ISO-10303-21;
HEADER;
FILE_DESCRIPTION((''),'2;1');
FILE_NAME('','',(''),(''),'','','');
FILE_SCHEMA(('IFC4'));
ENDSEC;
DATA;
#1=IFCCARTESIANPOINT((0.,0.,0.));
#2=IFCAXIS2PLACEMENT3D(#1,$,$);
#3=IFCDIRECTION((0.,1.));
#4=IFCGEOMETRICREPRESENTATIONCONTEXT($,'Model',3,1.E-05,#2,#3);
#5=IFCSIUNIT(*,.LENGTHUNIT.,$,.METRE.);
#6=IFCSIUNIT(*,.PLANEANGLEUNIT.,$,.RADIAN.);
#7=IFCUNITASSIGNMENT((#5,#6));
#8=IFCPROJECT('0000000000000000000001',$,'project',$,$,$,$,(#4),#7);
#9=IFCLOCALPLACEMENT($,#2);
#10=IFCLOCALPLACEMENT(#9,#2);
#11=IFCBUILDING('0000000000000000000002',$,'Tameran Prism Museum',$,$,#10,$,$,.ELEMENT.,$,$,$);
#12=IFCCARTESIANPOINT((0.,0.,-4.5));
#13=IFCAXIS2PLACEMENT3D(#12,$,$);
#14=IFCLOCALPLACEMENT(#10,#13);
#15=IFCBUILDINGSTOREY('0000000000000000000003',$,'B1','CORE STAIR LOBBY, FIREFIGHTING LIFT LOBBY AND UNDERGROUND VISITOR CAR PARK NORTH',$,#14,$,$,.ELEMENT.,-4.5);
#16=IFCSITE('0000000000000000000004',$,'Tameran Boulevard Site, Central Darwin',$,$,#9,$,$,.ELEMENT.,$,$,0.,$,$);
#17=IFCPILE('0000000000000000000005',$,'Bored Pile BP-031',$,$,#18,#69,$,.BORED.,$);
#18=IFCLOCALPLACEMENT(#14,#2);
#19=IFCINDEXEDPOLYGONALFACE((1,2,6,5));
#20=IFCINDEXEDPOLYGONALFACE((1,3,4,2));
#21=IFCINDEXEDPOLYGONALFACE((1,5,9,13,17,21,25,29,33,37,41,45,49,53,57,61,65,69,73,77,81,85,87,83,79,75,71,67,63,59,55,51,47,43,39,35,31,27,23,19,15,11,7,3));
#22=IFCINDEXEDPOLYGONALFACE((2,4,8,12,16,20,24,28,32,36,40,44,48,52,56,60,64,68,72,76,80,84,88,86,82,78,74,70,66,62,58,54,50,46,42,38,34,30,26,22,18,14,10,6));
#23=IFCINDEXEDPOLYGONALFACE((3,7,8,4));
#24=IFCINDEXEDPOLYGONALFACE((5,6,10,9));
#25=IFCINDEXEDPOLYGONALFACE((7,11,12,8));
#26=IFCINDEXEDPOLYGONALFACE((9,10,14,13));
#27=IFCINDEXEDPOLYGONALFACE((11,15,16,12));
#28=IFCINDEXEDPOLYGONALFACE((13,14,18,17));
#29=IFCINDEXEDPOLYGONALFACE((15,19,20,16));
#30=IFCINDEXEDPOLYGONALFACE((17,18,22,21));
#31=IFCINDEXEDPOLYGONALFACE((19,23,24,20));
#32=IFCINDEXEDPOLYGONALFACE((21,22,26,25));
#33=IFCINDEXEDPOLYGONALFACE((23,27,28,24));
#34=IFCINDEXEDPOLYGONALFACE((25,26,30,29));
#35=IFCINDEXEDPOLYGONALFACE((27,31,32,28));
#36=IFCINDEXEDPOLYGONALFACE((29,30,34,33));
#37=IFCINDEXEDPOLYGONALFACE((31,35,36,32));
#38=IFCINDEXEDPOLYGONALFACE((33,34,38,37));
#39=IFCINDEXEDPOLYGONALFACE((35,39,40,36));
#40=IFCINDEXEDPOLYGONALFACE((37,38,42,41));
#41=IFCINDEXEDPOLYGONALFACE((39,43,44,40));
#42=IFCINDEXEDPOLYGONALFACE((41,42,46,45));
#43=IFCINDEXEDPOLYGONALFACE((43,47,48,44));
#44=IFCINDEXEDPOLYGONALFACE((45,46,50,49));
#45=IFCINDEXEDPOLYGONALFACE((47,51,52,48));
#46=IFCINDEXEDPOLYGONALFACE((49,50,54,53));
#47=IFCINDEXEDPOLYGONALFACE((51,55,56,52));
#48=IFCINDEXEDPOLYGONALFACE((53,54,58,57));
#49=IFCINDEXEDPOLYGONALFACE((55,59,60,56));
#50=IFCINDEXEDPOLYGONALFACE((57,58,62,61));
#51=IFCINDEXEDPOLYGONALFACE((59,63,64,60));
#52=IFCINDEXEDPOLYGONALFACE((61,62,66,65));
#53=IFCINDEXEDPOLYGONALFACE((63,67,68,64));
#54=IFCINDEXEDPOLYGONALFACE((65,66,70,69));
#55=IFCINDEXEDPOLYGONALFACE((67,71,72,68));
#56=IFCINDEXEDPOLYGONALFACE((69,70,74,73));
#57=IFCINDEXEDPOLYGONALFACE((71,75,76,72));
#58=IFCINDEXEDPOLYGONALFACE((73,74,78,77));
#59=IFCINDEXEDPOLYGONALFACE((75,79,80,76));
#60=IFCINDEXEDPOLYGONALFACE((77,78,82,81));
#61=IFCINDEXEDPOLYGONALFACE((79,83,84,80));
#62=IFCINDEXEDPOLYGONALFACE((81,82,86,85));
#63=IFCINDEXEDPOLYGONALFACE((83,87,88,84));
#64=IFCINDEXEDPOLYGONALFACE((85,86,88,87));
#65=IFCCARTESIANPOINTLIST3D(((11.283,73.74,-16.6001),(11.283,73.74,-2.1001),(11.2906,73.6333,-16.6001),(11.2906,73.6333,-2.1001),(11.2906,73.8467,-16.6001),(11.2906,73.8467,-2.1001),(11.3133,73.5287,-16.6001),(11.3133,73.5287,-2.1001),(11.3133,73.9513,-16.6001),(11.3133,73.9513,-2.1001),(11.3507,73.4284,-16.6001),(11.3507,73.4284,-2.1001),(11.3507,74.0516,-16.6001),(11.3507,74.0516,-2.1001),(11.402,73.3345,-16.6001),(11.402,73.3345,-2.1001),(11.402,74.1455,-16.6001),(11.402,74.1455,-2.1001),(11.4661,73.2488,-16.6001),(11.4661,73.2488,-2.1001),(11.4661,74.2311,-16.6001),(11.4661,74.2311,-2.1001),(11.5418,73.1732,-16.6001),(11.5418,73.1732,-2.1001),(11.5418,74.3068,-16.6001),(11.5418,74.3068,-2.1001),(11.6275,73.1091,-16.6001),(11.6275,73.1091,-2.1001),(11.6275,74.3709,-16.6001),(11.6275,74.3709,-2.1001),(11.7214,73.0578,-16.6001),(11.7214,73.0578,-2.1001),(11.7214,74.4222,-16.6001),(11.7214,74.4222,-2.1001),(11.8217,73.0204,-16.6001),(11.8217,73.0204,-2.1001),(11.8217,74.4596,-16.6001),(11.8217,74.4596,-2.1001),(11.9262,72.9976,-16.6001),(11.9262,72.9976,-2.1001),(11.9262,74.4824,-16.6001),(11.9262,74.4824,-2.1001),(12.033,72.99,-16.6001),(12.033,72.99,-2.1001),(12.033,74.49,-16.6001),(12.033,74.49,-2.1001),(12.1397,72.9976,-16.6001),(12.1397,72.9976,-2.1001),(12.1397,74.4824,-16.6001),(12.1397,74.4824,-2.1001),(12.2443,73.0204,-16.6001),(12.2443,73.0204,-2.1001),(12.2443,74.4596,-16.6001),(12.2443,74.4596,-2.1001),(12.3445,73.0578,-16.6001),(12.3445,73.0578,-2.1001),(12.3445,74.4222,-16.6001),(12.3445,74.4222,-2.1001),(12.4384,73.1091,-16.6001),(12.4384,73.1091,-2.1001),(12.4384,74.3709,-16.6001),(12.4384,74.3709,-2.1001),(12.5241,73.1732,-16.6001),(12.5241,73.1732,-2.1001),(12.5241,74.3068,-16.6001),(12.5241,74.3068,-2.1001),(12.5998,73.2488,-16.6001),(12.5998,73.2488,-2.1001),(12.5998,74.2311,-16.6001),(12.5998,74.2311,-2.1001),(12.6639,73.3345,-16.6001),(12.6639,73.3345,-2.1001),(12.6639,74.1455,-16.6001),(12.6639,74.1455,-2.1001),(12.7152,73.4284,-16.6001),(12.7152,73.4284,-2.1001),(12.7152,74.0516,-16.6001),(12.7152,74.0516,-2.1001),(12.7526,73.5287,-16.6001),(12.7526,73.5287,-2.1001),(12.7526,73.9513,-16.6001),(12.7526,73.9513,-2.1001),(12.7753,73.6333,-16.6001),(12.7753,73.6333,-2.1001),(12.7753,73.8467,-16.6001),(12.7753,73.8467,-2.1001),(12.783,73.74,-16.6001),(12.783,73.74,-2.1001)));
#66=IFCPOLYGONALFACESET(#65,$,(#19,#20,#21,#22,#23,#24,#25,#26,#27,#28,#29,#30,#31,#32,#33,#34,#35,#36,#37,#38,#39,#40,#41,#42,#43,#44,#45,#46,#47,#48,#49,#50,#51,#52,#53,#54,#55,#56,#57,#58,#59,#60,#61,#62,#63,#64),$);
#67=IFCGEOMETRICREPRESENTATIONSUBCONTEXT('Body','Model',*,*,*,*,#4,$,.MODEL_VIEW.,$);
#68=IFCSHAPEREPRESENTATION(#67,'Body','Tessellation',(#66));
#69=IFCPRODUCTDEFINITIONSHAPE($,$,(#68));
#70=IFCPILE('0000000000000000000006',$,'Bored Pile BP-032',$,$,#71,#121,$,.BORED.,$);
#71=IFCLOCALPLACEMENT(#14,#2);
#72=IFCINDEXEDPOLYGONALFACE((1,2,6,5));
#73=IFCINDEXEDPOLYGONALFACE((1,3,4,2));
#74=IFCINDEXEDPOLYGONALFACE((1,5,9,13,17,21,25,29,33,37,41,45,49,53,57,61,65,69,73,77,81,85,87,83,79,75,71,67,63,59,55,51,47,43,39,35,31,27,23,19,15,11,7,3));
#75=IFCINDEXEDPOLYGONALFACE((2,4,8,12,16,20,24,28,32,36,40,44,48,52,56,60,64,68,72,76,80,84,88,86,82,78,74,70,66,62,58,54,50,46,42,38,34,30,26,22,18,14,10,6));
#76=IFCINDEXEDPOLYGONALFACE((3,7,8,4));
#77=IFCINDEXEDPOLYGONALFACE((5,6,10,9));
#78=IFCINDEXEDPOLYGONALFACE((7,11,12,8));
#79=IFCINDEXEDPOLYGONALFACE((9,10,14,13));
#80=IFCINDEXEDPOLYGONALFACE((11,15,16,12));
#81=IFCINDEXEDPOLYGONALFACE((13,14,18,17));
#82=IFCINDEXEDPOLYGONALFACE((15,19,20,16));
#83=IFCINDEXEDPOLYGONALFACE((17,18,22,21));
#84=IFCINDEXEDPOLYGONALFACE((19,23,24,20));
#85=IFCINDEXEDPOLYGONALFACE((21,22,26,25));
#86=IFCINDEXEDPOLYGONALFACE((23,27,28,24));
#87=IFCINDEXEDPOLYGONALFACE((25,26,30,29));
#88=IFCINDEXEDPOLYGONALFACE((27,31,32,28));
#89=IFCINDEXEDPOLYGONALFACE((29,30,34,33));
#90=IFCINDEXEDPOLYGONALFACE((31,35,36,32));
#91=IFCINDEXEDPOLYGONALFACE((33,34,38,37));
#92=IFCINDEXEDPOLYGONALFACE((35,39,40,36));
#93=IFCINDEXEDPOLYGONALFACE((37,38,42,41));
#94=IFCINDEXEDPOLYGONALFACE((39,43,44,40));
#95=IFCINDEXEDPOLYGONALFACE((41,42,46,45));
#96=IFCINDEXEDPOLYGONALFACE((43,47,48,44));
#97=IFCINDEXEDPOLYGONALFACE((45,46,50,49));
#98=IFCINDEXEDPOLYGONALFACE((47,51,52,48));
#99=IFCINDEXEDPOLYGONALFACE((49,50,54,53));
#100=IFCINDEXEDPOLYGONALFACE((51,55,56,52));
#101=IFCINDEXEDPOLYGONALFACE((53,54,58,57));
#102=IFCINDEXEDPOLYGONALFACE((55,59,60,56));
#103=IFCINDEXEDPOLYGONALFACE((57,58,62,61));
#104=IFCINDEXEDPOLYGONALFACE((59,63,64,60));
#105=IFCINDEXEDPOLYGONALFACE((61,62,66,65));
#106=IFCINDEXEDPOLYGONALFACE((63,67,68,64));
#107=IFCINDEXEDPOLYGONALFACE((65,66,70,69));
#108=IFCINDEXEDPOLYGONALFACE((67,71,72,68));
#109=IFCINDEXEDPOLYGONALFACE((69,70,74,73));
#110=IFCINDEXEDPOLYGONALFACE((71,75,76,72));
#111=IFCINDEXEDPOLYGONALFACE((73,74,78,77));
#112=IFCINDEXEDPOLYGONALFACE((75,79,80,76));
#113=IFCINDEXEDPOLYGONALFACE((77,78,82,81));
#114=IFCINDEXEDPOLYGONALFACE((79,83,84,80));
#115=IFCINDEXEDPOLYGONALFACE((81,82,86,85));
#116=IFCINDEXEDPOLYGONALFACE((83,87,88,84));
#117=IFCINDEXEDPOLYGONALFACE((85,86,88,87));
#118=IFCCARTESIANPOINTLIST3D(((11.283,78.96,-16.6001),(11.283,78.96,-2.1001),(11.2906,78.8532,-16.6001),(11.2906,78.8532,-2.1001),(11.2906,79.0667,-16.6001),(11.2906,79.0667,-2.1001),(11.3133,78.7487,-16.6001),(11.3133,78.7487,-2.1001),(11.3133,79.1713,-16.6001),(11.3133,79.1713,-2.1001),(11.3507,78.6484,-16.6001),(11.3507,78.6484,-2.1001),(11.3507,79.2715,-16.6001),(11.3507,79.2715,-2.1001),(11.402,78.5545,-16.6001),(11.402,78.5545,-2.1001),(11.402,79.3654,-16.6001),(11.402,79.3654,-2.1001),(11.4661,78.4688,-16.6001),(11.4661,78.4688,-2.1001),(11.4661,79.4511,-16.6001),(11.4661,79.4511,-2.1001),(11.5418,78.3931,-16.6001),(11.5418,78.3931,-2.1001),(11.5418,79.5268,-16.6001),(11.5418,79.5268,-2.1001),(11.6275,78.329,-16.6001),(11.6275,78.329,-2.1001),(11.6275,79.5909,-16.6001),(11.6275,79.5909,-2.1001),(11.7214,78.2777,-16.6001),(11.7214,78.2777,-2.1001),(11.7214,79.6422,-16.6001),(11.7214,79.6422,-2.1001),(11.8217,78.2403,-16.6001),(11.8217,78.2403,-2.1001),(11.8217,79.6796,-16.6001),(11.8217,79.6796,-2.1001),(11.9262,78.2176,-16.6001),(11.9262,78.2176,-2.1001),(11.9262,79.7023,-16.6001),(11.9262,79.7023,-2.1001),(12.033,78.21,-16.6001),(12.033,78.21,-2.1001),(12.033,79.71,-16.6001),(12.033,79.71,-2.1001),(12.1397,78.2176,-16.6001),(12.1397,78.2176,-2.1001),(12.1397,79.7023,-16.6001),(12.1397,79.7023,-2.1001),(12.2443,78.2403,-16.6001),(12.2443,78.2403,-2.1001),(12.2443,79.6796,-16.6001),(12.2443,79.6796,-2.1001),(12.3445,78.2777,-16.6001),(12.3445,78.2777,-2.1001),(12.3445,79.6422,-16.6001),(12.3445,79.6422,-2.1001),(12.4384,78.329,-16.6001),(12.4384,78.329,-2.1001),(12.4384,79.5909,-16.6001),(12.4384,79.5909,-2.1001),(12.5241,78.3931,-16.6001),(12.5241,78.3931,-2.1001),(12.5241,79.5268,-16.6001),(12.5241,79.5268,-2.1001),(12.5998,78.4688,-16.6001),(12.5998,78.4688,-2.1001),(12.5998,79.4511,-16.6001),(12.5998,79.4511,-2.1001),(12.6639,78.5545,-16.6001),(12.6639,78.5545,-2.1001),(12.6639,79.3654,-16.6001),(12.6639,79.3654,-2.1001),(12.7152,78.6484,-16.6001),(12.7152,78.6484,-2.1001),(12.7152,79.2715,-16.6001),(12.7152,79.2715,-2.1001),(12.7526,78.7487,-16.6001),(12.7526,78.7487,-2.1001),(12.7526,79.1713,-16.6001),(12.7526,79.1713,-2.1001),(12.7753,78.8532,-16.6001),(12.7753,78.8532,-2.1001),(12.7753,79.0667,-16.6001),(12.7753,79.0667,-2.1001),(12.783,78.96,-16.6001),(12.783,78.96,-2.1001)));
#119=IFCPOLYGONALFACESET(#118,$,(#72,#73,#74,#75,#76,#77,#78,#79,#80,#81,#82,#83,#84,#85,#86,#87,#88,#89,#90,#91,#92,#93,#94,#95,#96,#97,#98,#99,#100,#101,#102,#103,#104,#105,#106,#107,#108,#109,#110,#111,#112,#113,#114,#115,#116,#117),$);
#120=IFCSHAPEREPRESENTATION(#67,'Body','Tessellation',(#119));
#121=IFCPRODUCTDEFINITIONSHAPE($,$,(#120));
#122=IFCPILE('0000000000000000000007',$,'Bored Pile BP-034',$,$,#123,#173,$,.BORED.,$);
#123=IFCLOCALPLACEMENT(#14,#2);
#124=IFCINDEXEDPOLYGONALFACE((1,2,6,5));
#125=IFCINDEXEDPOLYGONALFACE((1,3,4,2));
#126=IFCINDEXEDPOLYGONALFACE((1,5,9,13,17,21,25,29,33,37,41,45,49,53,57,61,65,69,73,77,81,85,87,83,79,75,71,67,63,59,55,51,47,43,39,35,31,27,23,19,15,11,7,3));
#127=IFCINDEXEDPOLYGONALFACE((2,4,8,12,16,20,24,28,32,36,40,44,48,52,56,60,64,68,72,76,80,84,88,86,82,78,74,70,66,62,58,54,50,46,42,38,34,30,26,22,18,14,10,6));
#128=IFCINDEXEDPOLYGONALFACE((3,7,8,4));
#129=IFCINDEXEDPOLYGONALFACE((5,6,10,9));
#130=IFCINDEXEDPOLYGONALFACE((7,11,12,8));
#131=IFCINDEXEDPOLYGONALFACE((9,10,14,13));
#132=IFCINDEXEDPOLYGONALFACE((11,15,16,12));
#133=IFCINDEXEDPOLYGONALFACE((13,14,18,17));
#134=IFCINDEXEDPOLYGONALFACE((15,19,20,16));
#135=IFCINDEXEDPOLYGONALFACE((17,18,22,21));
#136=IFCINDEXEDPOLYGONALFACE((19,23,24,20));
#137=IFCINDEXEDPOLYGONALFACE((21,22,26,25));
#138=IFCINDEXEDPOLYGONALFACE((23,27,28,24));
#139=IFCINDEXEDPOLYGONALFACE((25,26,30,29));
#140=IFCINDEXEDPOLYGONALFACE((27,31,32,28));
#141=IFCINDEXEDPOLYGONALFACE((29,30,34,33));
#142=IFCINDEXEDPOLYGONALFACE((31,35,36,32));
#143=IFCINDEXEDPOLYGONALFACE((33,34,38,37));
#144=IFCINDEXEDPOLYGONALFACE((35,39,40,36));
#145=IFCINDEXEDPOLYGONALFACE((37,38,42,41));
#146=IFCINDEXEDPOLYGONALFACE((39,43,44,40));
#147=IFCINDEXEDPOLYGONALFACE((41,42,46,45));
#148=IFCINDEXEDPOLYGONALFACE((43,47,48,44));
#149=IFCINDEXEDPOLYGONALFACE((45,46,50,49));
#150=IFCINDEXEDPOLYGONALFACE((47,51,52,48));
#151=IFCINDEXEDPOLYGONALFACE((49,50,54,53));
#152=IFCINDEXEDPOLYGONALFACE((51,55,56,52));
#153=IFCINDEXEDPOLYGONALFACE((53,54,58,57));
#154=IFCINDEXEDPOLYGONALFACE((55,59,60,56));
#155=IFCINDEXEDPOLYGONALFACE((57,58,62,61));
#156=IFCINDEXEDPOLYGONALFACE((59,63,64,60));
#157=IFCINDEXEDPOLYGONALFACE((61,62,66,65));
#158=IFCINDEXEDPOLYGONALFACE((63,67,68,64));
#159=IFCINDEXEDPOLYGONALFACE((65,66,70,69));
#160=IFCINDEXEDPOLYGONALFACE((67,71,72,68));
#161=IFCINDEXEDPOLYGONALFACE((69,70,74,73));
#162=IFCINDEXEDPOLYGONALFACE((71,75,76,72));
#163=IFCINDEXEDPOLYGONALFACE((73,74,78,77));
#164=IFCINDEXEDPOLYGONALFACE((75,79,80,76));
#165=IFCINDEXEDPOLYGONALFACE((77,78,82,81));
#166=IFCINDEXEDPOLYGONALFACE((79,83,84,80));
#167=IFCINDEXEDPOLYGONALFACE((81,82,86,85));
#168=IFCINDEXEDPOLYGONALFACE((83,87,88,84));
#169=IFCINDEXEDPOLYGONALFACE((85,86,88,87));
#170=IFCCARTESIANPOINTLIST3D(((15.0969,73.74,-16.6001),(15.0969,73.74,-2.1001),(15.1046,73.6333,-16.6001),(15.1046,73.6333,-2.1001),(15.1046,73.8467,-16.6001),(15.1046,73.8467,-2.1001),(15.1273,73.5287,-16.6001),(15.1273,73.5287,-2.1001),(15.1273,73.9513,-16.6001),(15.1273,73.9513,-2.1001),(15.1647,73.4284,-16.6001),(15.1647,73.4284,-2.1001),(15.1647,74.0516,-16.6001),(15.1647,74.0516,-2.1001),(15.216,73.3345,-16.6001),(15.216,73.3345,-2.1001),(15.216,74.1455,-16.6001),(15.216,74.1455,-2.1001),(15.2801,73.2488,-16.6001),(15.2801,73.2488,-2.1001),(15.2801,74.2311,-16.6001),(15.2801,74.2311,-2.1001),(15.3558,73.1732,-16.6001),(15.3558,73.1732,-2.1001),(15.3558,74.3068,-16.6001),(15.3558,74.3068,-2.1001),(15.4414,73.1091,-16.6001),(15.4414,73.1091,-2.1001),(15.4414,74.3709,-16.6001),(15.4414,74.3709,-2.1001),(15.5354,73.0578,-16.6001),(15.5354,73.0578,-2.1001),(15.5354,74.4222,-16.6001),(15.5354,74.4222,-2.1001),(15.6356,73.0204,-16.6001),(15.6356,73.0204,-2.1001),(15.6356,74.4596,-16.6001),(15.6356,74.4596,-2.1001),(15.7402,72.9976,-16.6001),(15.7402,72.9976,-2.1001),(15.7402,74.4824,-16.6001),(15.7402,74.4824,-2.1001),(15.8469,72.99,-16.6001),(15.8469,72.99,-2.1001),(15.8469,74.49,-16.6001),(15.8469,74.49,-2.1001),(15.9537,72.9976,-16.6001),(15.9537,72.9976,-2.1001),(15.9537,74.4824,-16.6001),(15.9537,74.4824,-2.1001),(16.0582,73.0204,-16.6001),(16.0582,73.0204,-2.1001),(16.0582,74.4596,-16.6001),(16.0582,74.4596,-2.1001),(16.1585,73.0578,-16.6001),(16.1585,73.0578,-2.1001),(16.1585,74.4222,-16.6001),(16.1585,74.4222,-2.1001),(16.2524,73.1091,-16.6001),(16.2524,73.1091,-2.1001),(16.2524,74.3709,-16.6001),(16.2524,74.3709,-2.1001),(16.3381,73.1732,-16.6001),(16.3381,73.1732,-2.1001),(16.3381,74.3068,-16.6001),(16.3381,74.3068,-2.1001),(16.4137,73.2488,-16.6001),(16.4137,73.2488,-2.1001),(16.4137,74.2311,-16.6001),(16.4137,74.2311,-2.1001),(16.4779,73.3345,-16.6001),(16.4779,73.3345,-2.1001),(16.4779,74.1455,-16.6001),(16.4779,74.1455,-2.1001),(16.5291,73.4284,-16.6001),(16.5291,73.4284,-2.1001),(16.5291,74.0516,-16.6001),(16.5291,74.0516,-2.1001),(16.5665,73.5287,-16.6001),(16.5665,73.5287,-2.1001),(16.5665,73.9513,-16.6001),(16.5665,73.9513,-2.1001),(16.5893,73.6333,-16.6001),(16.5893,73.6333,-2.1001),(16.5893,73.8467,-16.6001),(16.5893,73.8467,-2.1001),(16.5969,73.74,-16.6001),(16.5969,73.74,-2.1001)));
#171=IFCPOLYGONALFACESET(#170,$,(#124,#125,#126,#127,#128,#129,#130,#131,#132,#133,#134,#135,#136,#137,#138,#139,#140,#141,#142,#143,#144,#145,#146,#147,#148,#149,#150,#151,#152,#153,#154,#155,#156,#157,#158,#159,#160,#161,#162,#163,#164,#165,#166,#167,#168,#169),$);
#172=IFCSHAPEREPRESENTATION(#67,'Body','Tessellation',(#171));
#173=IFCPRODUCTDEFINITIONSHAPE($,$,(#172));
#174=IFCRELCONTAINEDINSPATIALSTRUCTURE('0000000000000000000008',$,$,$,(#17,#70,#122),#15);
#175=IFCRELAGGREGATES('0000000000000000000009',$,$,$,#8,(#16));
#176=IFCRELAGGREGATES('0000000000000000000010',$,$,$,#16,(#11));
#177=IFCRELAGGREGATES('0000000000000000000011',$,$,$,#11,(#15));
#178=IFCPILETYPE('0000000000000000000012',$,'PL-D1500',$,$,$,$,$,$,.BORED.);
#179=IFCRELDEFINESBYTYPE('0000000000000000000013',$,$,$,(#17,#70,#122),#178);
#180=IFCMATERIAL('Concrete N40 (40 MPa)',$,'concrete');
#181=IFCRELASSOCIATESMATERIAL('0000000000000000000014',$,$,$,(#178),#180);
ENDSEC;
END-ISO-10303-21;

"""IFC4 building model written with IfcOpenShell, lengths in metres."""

from ifc_helpers import new_model, si_unit, direction, frame, origin, origin_2d, place, context, subcontext, project, spatial, circle, extrude, material, material_profile, profile_set, type_object, element, save


model = new_model("IFC4")

# Units and contexts
model_context = context("Model", 3, precision=1e-05, world=origin(), true_north=direction((0.0, 1.0)))
body_context = subcontext(model_context, "Body", "Model", "MODEL_VIEW")
ifc_project = project(units=[si_unit("LENGTHUNIT", "METRE"), si_unit("PLANEANGLEUNIT", "RADIAN")], contexts=[model_context])

# Site, building, storey
site_placement = place(None, origin())
site = spatial("IfcSite", under=ifc_project, at=site_placement, Name="Tameran Boulevard Site, Central Darwin", CompositionType="ELEMENT", RefElevation=0.0)
building_placement = place(site_placement, origin())
building = spatial("IfcBuilding", under=site, at=building_placement, Name="Tameran Prism Museum", CompositionType="ELEMENT")
storey_placement = place(building_placement, frame((0.0, 0.0, -4.5)))
storey = spatial("IfcBuildingStorey", under=building, at=storey_placement, Name="B1", Description="CORE STAIR LOBBY, FIREFIGHTING LIFT LOBBY AND UNDERGROUND VISITOR CAR PARK NORTH", CompositionType="ELEMENT", Elevation=-4.5)

# Piles
ifc_material_1 = material(Name="Concrete N40 (40 MPa)", Category="concrete")
ifc_material_profile_1 = material_profile(ifc_material_1, circle(Radius=0.75, at=origin_2d()))
ifc_profile_set_1 = profile_set([ifc_material_profile_1])
pile_type_1 = type_object("IfcPileType", Name="PL-D1500", PredefinedType="BORED", material=ifc_profile_set_1)
for number, where, z_axis, x_axis, name in (
    (1, (12.033, 73.74, -2.1001), (0.0, 0.0, -1.0), (1.0, 0.0, 0.0), "Bored Pile BP-031"),
    (2, (12.033, 78.96, -2.1001), (0.0, 0.0, -1.0), (1.0, 0.0, 0.0), "Bored Pile BP-032"),
    (3, (15.8469, 73.74, -2.1001), (0.0, 0.0, -1.0), (1.0, 0.0, 0.0), "Bored Pile BP-034"),
):
    element("IfcPile", number, at=place(storey_placement, frame(where, z_axis=z_axis, x_axis=x_axis)), inside=storey, type_object=pile_type_1, Name=name, PredefinedType="BORED", context=body_context, shape_type="SweptSolid", body=[
        extrude(circle(Radius=0.75, at=origin_2d()), origin(), (0.0, 0.0, 1.0), 14.5),
    ])

save(model, "model.ifc")
